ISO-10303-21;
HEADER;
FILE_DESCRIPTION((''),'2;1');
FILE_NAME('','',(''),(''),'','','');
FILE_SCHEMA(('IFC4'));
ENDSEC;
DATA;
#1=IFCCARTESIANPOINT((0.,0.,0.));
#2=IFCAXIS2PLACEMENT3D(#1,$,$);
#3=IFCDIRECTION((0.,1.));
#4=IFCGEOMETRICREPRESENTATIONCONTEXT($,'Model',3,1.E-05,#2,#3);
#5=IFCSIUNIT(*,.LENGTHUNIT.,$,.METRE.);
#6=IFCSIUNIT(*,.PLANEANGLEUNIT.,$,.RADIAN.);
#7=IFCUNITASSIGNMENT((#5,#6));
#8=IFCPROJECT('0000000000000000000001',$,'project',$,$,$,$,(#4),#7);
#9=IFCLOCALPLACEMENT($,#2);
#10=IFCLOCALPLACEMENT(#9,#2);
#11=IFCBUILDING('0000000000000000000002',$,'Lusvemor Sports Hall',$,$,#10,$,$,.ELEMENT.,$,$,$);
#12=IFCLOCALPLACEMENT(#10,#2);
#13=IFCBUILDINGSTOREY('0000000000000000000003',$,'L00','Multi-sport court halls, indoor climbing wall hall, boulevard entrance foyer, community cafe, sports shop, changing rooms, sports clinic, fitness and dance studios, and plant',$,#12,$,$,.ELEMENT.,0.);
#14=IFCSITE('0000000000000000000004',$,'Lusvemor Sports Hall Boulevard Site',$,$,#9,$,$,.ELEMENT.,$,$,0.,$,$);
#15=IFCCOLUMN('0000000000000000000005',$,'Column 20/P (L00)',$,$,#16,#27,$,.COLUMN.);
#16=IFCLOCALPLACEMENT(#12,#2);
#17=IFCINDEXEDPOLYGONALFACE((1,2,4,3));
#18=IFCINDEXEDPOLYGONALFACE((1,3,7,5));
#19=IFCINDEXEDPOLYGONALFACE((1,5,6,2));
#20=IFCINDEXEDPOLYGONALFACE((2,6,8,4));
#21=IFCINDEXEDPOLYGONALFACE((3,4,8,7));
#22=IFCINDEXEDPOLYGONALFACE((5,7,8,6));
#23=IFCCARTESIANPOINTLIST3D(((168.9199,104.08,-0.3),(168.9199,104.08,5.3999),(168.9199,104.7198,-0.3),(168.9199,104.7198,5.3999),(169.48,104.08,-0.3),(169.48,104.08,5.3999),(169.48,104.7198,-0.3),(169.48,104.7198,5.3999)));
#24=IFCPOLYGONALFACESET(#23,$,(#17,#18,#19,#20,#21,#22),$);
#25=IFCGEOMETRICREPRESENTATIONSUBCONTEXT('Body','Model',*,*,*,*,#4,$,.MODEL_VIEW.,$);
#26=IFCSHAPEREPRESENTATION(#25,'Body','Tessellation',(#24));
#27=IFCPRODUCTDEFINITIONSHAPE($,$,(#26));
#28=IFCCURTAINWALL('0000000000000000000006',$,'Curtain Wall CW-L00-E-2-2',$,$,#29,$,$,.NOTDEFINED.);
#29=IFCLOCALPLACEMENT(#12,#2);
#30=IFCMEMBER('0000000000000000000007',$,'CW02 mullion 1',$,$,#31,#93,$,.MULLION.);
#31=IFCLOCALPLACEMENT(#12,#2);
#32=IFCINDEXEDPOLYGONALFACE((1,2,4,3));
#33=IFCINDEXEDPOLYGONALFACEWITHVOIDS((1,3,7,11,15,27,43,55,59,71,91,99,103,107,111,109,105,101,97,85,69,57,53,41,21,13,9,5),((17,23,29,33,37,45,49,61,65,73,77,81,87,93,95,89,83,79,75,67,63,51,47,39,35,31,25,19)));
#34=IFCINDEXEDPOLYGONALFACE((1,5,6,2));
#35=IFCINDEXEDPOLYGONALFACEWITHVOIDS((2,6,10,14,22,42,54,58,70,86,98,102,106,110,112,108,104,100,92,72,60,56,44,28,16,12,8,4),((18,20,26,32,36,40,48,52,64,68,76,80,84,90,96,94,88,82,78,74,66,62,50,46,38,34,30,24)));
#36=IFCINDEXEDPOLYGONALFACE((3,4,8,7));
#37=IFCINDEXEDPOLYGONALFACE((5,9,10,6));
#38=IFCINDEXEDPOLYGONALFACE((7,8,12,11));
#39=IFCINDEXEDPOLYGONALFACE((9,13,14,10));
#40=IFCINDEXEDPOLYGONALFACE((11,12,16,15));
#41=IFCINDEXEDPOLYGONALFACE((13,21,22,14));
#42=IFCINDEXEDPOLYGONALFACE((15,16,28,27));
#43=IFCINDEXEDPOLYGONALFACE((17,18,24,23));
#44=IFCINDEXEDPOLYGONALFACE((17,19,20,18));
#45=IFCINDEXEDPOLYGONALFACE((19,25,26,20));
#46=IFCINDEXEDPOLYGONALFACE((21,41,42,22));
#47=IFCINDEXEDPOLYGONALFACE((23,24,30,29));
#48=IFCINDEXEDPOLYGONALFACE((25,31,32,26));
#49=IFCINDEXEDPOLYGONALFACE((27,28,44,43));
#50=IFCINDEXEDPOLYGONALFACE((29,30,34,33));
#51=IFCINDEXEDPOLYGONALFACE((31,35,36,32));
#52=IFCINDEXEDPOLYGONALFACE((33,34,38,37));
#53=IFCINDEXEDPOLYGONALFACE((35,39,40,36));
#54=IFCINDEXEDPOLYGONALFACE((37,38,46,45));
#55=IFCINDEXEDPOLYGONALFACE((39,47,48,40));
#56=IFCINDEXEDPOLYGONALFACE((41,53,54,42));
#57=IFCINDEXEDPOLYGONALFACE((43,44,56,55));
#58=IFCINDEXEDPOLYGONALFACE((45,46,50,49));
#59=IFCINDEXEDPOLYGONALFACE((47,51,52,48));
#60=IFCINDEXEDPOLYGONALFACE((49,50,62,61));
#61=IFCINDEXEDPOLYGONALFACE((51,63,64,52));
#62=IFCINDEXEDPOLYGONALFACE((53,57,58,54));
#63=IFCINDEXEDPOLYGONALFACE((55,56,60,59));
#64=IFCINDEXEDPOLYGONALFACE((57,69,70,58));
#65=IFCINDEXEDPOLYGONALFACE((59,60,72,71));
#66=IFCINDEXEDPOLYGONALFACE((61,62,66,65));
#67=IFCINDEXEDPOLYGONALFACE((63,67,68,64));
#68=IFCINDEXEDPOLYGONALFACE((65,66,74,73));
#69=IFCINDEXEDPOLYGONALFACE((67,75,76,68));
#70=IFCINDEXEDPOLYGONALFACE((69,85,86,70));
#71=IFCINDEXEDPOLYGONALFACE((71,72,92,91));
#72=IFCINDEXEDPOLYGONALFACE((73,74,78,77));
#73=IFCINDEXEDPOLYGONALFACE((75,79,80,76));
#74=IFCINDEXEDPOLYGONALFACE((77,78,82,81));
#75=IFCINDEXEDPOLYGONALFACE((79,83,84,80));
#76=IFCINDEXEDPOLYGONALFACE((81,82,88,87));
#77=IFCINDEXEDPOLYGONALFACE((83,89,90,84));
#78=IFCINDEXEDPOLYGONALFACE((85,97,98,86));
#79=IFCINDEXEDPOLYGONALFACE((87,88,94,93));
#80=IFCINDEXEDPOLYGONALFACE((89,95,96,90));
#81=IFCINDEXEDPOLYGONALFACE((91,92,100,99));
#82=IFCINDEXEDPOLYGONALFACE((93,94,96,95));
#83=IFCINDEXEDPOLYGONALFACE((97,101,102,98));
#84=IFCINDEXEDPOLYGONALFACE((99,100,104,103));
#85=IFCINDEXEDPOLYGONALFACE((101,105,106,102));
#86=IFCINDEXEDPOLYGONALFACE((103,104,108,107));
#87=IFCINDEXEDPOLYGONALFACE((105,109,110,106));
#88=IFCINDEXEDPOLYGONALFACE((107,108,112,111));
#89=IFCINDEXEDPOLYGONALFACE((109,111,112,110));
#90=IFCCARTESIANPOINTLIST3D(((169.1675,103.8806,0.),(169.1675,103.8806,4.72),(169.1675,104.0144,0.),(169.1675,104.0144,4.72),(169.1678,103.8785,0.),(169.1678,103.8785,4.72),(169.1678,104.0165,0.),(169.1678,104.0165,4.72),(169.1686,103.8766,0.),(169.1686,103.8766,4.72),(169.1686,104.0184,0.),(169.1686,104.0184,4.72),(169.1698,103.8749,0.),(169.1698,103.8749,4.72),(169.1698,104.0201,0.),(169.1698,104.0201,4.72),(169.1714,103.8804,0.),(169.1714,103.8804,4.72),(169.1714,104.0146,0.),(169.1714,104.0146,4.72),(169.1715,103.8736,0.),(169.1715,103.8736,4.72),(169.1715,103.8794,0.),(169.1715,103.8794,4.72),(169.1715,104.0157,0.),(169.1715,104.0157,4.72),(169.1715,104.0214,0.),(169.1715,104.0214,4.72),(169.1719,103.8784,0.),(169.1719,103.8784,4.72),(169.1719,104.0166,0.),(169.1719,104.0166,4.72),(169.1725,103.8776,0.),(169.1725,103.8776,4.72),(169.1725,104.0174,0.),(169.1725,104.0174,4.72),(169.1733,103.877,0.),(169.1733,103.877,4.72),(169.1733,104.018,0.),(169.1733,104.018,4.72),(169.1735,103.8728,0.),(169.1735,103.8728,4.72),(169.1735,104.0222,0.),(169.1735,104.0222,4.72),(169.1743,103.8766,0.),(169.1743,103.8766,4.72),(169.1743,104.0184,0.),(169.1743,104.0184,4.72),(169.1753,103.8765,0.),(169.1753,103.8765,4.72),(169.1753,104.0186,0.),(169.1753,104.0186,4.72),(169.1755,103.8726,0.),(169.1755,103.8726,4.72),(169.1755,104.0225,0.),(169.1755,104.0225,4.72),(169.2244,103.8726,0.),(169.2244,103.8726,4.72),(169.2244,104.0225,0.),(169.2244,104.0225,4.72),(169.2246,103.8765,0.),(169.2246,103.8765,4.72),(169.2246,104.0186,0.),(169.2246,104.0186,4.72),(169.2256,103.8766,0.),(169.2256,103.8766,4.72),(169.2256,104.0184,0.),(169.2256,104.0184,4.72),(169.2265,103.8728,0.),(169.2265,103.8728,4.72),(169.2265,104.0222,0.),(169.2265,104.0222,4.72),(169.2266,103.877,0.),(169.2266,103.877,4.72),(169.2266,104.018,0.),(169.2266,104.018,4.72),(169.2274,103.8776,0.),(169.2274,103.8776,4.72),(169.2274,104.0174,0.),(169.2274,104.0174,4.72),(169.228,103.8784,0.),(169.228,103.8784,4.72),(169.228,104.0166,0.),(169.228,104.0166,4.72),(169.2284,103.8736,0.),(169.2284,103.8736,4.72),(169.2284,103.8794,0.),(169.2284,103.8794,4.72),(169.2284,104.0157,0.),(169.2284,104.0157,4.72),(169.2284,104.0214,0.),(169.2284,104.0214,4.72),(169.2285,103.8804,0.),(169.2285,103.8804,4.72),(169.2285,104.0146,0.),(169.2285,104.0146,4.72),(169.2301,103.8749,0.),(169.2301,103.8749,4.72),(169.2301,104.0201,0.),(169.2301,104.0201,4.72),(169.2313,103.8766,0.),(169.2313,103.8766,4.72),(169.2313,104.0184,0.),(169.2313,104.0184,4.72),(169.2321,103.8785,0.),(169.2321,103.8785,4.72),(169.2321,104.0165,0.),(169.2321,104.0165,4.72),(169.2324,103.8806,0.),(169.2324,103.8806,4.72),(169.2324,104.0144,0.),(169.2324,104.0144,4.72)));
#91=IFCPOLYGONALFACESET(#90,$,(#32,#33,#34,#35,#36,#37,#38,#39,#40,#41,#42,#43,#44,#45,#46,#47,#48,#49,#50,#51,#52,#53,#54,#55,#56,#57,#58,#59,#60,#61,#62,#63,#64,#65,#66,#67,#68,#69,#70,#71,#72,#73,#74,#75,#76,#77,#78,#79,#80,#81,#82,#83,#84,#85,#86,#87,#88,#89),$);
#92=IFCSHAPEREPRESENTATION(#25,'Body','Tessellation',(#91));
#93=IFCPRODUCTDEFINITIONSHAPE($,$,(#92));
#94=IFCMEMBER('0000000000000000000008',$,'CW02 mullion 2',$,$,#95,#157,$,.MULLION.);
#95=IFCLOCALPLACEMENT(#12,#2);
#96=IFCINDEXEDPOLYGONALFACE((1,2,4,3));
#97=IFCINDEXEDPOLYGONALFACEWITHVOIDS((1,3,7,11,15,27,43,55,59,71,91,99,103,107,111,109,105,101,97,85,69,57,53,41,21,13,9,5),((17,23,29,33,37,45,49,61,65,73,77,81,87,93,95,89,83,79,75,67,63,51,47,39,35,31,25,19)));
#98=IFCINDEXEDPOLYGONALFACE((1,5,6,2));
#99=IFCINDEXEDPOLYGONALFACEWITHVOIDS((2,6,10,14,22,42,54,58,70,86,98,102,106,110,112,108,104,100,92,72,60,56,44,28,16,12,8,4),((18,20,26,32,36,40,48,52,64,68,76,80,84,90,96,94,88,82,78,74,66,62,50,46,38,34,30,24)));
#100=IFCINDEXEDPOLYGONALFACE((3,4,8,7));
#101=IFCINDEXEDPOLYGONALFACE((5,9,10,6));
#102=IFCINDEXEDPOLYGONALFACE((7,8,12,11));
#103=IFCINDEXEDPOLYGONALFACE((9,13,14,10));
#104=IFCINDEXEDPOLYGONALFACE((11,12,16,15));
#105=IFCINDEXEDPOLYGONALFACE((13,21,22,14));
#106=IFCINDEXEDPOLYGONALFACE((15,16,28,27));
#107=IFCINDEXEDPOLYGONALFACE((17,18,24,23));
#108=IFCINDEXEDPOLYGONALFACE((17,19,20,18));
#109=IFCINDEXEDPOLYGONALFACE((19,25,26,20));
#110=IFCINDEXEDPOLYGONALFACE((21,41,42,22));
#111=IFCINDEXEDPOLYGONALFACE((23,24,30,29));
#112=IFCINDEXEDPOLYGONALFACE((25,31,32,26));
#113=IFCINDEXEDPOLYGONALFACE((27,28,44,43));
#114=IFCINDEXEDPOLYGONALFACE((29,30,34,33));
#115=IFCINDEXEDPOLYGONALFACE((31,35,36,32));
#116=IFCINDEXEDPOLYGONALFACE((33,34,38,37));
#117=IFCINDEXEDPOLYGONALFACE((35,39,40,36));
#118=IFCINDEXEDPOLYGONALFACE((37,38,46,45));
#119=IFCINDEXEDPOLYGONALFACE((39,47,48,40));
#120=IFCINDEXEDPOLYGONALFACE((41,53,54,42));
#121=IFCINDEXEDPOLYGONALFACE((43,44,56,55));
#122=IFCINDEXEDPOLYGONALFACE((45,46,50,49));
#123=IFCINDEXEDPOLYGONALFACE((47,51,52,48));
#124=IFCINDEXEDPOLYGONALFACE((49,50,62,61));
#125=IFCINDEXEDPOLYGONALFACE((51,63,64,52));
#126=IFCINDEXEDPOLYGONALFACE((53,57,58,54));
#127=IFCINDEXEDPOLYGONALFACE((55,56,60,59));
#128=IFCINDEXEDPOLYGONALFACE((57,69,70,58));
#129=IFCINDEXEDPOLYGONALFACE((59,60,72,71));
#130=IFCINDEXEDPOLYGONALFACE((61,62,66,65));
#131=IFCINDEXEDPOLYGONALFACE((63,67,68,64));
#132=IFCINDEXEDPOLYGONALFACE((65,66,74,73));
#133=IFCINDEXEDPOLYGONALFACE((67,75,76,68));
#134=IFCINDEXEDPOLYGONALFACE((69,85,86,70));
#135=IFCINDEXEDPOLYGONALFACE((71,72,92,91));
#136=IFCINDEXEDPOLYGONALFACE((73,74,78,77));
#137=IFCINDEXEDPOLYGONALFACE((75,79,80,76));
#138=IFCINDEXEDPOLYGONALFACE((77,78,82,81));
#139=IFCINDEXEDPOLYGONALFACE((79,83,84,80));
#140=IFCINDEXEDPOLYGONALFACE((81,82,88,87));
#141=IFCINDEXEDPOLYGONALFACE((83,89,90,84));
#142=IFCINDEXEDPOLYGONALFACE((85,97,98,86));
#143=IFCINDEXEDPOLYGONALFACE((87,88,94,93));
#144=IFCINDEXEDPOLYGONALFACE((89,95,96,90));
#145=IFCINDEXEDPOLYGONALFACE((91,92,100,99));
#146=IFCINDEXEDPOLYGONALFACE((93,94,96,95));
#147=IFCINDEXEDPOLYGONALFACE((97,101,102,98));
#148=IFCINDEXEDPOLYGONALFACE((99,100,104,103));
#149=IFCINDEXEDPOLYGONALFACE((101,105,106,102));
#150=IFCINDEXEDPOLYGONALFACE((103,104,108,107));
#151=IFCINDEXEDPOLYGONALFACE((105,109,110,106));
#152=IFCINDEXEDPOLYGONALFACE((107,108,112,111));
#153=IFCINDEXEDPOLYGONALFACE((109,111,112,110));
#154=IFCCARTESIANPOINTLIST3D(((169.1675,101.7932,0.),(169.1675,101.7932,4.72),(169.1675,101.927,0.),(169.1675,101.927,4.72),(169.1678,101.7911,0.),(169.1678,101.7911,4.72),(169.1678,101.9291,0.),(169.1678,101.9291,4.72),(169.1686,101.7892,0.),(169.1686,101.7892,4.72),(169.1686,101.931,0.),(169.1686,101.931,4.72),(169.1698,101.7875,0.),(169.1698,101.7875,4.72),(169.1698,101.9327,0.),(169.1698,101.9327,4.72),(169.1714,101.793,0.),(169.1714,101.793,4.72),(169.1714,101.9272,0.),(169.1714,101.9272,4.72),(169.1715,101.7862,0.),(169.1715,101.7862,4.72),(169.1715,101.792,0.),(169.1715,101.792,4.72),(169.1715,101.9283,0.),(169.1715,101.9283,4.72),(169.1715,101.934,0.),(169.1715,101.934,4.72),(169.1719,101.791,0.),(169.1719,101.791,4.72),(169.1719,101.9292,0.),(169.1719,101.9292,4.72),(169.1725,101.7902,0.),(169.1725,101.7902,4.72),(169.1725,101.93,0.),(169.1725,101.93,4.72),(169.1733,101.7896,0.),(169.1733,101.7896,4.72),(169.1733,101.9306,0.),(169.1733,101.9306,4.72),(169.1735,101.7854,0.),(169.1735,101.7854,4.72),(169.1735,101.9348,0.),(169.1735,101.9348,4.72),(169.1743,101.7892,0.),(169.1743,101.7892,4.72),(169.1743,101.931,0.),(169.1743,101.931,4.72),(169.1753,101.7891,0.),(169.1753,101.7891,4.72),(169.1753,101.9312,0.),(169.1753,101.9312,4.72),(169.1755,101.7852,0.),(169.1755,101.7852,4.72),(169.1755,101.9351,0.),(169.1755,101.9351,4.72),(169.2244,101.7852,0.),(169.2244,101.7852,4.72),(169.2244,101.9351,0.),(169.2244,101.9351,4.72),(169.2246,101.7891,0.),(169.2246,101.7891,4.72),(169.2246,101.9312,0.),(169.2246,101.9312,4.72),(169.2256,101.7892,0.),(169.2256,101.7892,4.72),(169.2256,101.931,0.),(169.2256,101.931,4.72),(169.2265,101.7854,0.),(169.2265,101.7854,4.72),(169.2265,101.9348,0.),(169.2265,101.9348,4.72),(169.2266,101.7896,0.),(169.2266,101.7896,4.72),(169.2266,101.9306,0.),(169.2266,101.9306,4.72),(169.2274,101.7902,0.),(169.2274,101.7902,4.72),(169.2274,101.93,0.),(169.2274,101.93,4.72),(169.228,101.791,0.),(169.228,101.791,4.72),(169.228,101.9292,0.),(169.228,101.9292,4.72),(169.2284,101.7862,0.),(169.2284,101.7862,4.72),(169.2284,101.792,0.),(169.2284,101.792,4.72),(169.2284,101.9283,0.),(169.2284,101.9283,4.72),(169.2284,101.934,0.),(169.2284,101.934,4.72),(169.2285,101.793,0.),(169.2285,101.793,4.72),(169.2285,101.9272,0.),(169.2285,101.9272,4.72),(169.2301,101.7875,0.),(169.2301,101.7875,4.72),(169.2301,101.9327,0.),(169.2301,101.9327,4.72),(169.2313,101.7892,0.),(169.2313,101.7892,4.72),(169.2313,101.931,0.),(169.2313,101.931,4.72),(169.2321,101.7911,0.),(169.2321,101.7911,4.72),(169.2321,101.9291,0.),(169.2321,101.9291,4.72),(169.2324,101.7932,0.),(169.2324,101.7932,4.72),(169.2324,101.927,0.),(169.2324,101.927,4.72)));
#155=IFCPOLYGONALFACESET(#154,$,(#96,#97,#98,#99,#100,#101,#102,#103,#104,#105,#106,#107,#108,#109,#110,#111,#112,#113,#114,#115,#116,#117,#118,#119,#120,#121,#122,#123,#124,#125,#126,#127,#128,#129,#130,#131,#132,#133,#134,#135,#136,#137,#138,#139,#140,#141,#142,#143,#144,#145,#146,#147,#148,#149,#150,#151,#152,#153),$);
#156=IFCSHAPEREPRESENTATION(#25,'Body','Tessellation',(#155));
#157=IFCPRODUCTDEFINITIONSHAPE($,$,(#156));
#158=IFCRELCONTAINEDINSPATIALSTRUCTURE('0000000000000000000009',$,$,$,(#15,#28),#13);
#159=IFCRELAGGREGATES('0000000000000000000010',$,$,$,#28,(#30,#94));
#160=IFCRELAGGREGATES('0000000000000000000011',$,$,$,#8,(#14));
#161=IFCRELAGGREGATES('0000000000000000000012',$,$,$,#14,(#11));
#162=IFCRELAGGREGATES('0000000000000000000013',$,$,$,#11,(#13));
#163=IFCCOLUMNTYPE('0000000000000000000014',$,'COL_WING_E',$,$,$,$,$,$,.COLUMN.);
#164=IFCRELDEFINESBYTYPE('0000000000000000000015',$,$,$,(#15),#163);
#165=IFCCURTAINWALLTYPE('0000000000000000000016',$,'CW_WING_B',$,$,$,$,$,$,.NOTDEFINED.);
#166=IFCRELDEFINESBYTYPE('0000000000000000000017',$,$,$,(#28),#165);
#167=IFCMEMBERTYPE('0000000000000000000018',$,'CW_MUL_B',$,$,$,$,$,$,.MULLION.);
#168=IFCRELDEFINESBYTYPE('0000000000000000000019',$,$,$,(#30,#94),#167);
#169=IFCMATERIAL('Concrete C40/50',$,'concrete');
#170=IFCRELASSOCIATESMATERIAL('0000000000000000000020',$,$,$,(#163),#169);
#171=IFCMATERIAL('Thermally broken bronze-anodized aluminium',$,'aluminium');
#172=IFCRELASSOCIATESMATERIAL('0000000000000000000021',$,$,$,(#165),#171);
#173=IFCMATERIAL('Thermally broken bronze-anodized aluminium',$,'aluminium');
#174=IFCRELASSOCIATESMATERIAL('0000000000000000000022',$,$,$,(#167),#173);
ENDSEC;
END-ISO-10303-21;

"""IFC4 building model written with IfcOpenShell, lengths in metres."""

from ifc_helpers import new_model, si_unit, direction, frame, origin, origin_2d, place, context, subcontext, project, spatial, rectangle, hollow_rectangle, extrude, material, material_profile, profile_set, type_object, element, aggregate, save


model = new_model("IFC4")

# Units and contexts
model_context = context("Model", 3, precision=1e-05, world=origin(), true_north=direction((0.0, 1.0)))
body_context = subcontext(model_context, "Body", "Model", "MODEL_VIEW")
ifc_project = project(units=[si_unit("LENGTHUNIT", "METRE"), si_unit("PLANEANGLEUNIT", "RADIAN")], contexts=[model_context])

# Site, building, storey
site_placement = place(None, origin())
site = spatial("IfcSite", under=ifc_project, at=site_placement, Name="Lusvemor Sports Hall Boulevard Site", CompositionType="ELEMENT", RefElevation=0.0)
building_placement = place(site_placement, origin())
building = spatial("IfcBuilding", under=site, at=building_placement, Name="Lusvemor Sports Hall", CompositionType="ELEMENT")
storey_placement = place(building_placement, origin())
storey = spatial("IfcBuildingStorey", under=building, at=storey_placement, Name="L00", Description="Multi-sport court halls, indoor climbing wall hall, boulevard entrance foyer, community cafe, sports shop, changing rooms, sports clinic, fitness and dance studios, and plant", CompositionType="ELEMENT", Elevation=0.0)

# Column
ifc_material_1 = material(Name="Concrete C40/50", Category="concrete")
ifc_material_profile_1 = material_profile(ifc_material_1, rectangle(XDim=0.5601, YDim=0.6399, at=origin_2d()), Name="RC560x640")
ifc_profile_set_1 = profile_set([ifc_material_profile_1], Name="Concrete C40/50")
column_type = type_object("IfcColumnType", Name="COL_WING_E", PredefinedType="COLUMN", material=ifc_profile_set_1)
column_placement = place(storey_placement, frame((169.2, 104.3999, -0.3), z_axis=(0.0, 0.0, 1.0), x_axis=(1.0, 0.0, 0.0)))
element("IfcColumn", 1, at=column_placement, inside=storey, type_object=column_type, Name="Column 20/P (L00)", PredefinedType="COLUMN", context=body_context, shape_type="SweptSolid", body=[
    extrude(rectangle(XDim=0.5601, YDim=0.6399, at=origin_2d()), origin(), (0.0, 0.0, 1.0), 5.7),
])

# Curtain wall, members
ifc_material_2 = material(Name="Thermally broken bronze-anodized aluminium", Category="aluminium")
curtain_wall_type = type_object("IfcCurtainWallType", Name="CW_WING_B", PredefinedType="NOTDEFINED", material=ifc_material_2)
curtain_wall_placement = place(storey_placement, origin())
curtain_wall = element("IfcCurtainWall", 2, at=curtain_wall_placement, inside=storey, type_object=curtain_wall_type, Name="Curtain Wall CW-L00-E-2-2", PredefinedType="NOTDEFINED")
ifc_material_3 = material(Name="Thermally broken bronze-anodized aluminium", Category="aluminium")
ifc_material_profile_2 = material_profile(ifc_material_3, hollow_rectangle(XDim=0.0649, YDim=0.1499, WallThickness=0.0039, InnerFilletRadius=0.0039, OuterFilletRadius=0.0081, at=origin_2d()), Name="CWMUL150x65x4")
ifc_profile_set_2 = profile_set([ifc_material_profile_2], Name="Thermally broken bronze-anodized aluminium")
member_type_1 = type_object("IfcMemberType", Name="CW_MUL_B", PredefinedType="MULLION", material=ifc_profile_set_2)
member_1_placement = place(storey_placement, frame((169.2, 103.9475, 0.0), z_axis=(0.0, 0.0, 1.0), x_axis=(1.0, 0.0, 0.0)))
member_1 = element("IfcMember", 3, at=member_1_placement, type_object=member_type_1, Name="CW02 mullion 1", PredefinedType="MULLION", context=body_context, shape_type="SweptSolid", body=[
    extrude(hollow_rectangle(XDim=0.0649, YDim=0.1499, WallThickness=0.0039, InnerFilletRadius=0.0039, OuterFilletRadius=0.0081, at=origin_2d()), origin(), (0.0, 0.0, 1.0), 4.72),
])
member_2_placement = place(storey_placement, frame((169.2, 101.8601, 0.0), z_axis=(0.0, 0.0, 1.0), x_axis=(1.0, 0.0, 0.0)))
member_2 = element("IfcMember", 4, at=member_2_placement, type_object=member_type_1, Name="CW02 mullion 2", PredefinedType="MULLION", context=body_context, shape_type="SweptSolid", body=[
    extrude(hollow_rectangle(XDim=0.0649, YDim=0.1499, WallThickness=0.0039, InnerFilletRadius=0.0039, OuterFilletRadius=0.0081, at=origin_2d()), origin(), (0.0, 0.0, 1.0), 4.72),
])
aggregate(curtain_wall, [member_1, member_2])

save(model, "model.ifc")
